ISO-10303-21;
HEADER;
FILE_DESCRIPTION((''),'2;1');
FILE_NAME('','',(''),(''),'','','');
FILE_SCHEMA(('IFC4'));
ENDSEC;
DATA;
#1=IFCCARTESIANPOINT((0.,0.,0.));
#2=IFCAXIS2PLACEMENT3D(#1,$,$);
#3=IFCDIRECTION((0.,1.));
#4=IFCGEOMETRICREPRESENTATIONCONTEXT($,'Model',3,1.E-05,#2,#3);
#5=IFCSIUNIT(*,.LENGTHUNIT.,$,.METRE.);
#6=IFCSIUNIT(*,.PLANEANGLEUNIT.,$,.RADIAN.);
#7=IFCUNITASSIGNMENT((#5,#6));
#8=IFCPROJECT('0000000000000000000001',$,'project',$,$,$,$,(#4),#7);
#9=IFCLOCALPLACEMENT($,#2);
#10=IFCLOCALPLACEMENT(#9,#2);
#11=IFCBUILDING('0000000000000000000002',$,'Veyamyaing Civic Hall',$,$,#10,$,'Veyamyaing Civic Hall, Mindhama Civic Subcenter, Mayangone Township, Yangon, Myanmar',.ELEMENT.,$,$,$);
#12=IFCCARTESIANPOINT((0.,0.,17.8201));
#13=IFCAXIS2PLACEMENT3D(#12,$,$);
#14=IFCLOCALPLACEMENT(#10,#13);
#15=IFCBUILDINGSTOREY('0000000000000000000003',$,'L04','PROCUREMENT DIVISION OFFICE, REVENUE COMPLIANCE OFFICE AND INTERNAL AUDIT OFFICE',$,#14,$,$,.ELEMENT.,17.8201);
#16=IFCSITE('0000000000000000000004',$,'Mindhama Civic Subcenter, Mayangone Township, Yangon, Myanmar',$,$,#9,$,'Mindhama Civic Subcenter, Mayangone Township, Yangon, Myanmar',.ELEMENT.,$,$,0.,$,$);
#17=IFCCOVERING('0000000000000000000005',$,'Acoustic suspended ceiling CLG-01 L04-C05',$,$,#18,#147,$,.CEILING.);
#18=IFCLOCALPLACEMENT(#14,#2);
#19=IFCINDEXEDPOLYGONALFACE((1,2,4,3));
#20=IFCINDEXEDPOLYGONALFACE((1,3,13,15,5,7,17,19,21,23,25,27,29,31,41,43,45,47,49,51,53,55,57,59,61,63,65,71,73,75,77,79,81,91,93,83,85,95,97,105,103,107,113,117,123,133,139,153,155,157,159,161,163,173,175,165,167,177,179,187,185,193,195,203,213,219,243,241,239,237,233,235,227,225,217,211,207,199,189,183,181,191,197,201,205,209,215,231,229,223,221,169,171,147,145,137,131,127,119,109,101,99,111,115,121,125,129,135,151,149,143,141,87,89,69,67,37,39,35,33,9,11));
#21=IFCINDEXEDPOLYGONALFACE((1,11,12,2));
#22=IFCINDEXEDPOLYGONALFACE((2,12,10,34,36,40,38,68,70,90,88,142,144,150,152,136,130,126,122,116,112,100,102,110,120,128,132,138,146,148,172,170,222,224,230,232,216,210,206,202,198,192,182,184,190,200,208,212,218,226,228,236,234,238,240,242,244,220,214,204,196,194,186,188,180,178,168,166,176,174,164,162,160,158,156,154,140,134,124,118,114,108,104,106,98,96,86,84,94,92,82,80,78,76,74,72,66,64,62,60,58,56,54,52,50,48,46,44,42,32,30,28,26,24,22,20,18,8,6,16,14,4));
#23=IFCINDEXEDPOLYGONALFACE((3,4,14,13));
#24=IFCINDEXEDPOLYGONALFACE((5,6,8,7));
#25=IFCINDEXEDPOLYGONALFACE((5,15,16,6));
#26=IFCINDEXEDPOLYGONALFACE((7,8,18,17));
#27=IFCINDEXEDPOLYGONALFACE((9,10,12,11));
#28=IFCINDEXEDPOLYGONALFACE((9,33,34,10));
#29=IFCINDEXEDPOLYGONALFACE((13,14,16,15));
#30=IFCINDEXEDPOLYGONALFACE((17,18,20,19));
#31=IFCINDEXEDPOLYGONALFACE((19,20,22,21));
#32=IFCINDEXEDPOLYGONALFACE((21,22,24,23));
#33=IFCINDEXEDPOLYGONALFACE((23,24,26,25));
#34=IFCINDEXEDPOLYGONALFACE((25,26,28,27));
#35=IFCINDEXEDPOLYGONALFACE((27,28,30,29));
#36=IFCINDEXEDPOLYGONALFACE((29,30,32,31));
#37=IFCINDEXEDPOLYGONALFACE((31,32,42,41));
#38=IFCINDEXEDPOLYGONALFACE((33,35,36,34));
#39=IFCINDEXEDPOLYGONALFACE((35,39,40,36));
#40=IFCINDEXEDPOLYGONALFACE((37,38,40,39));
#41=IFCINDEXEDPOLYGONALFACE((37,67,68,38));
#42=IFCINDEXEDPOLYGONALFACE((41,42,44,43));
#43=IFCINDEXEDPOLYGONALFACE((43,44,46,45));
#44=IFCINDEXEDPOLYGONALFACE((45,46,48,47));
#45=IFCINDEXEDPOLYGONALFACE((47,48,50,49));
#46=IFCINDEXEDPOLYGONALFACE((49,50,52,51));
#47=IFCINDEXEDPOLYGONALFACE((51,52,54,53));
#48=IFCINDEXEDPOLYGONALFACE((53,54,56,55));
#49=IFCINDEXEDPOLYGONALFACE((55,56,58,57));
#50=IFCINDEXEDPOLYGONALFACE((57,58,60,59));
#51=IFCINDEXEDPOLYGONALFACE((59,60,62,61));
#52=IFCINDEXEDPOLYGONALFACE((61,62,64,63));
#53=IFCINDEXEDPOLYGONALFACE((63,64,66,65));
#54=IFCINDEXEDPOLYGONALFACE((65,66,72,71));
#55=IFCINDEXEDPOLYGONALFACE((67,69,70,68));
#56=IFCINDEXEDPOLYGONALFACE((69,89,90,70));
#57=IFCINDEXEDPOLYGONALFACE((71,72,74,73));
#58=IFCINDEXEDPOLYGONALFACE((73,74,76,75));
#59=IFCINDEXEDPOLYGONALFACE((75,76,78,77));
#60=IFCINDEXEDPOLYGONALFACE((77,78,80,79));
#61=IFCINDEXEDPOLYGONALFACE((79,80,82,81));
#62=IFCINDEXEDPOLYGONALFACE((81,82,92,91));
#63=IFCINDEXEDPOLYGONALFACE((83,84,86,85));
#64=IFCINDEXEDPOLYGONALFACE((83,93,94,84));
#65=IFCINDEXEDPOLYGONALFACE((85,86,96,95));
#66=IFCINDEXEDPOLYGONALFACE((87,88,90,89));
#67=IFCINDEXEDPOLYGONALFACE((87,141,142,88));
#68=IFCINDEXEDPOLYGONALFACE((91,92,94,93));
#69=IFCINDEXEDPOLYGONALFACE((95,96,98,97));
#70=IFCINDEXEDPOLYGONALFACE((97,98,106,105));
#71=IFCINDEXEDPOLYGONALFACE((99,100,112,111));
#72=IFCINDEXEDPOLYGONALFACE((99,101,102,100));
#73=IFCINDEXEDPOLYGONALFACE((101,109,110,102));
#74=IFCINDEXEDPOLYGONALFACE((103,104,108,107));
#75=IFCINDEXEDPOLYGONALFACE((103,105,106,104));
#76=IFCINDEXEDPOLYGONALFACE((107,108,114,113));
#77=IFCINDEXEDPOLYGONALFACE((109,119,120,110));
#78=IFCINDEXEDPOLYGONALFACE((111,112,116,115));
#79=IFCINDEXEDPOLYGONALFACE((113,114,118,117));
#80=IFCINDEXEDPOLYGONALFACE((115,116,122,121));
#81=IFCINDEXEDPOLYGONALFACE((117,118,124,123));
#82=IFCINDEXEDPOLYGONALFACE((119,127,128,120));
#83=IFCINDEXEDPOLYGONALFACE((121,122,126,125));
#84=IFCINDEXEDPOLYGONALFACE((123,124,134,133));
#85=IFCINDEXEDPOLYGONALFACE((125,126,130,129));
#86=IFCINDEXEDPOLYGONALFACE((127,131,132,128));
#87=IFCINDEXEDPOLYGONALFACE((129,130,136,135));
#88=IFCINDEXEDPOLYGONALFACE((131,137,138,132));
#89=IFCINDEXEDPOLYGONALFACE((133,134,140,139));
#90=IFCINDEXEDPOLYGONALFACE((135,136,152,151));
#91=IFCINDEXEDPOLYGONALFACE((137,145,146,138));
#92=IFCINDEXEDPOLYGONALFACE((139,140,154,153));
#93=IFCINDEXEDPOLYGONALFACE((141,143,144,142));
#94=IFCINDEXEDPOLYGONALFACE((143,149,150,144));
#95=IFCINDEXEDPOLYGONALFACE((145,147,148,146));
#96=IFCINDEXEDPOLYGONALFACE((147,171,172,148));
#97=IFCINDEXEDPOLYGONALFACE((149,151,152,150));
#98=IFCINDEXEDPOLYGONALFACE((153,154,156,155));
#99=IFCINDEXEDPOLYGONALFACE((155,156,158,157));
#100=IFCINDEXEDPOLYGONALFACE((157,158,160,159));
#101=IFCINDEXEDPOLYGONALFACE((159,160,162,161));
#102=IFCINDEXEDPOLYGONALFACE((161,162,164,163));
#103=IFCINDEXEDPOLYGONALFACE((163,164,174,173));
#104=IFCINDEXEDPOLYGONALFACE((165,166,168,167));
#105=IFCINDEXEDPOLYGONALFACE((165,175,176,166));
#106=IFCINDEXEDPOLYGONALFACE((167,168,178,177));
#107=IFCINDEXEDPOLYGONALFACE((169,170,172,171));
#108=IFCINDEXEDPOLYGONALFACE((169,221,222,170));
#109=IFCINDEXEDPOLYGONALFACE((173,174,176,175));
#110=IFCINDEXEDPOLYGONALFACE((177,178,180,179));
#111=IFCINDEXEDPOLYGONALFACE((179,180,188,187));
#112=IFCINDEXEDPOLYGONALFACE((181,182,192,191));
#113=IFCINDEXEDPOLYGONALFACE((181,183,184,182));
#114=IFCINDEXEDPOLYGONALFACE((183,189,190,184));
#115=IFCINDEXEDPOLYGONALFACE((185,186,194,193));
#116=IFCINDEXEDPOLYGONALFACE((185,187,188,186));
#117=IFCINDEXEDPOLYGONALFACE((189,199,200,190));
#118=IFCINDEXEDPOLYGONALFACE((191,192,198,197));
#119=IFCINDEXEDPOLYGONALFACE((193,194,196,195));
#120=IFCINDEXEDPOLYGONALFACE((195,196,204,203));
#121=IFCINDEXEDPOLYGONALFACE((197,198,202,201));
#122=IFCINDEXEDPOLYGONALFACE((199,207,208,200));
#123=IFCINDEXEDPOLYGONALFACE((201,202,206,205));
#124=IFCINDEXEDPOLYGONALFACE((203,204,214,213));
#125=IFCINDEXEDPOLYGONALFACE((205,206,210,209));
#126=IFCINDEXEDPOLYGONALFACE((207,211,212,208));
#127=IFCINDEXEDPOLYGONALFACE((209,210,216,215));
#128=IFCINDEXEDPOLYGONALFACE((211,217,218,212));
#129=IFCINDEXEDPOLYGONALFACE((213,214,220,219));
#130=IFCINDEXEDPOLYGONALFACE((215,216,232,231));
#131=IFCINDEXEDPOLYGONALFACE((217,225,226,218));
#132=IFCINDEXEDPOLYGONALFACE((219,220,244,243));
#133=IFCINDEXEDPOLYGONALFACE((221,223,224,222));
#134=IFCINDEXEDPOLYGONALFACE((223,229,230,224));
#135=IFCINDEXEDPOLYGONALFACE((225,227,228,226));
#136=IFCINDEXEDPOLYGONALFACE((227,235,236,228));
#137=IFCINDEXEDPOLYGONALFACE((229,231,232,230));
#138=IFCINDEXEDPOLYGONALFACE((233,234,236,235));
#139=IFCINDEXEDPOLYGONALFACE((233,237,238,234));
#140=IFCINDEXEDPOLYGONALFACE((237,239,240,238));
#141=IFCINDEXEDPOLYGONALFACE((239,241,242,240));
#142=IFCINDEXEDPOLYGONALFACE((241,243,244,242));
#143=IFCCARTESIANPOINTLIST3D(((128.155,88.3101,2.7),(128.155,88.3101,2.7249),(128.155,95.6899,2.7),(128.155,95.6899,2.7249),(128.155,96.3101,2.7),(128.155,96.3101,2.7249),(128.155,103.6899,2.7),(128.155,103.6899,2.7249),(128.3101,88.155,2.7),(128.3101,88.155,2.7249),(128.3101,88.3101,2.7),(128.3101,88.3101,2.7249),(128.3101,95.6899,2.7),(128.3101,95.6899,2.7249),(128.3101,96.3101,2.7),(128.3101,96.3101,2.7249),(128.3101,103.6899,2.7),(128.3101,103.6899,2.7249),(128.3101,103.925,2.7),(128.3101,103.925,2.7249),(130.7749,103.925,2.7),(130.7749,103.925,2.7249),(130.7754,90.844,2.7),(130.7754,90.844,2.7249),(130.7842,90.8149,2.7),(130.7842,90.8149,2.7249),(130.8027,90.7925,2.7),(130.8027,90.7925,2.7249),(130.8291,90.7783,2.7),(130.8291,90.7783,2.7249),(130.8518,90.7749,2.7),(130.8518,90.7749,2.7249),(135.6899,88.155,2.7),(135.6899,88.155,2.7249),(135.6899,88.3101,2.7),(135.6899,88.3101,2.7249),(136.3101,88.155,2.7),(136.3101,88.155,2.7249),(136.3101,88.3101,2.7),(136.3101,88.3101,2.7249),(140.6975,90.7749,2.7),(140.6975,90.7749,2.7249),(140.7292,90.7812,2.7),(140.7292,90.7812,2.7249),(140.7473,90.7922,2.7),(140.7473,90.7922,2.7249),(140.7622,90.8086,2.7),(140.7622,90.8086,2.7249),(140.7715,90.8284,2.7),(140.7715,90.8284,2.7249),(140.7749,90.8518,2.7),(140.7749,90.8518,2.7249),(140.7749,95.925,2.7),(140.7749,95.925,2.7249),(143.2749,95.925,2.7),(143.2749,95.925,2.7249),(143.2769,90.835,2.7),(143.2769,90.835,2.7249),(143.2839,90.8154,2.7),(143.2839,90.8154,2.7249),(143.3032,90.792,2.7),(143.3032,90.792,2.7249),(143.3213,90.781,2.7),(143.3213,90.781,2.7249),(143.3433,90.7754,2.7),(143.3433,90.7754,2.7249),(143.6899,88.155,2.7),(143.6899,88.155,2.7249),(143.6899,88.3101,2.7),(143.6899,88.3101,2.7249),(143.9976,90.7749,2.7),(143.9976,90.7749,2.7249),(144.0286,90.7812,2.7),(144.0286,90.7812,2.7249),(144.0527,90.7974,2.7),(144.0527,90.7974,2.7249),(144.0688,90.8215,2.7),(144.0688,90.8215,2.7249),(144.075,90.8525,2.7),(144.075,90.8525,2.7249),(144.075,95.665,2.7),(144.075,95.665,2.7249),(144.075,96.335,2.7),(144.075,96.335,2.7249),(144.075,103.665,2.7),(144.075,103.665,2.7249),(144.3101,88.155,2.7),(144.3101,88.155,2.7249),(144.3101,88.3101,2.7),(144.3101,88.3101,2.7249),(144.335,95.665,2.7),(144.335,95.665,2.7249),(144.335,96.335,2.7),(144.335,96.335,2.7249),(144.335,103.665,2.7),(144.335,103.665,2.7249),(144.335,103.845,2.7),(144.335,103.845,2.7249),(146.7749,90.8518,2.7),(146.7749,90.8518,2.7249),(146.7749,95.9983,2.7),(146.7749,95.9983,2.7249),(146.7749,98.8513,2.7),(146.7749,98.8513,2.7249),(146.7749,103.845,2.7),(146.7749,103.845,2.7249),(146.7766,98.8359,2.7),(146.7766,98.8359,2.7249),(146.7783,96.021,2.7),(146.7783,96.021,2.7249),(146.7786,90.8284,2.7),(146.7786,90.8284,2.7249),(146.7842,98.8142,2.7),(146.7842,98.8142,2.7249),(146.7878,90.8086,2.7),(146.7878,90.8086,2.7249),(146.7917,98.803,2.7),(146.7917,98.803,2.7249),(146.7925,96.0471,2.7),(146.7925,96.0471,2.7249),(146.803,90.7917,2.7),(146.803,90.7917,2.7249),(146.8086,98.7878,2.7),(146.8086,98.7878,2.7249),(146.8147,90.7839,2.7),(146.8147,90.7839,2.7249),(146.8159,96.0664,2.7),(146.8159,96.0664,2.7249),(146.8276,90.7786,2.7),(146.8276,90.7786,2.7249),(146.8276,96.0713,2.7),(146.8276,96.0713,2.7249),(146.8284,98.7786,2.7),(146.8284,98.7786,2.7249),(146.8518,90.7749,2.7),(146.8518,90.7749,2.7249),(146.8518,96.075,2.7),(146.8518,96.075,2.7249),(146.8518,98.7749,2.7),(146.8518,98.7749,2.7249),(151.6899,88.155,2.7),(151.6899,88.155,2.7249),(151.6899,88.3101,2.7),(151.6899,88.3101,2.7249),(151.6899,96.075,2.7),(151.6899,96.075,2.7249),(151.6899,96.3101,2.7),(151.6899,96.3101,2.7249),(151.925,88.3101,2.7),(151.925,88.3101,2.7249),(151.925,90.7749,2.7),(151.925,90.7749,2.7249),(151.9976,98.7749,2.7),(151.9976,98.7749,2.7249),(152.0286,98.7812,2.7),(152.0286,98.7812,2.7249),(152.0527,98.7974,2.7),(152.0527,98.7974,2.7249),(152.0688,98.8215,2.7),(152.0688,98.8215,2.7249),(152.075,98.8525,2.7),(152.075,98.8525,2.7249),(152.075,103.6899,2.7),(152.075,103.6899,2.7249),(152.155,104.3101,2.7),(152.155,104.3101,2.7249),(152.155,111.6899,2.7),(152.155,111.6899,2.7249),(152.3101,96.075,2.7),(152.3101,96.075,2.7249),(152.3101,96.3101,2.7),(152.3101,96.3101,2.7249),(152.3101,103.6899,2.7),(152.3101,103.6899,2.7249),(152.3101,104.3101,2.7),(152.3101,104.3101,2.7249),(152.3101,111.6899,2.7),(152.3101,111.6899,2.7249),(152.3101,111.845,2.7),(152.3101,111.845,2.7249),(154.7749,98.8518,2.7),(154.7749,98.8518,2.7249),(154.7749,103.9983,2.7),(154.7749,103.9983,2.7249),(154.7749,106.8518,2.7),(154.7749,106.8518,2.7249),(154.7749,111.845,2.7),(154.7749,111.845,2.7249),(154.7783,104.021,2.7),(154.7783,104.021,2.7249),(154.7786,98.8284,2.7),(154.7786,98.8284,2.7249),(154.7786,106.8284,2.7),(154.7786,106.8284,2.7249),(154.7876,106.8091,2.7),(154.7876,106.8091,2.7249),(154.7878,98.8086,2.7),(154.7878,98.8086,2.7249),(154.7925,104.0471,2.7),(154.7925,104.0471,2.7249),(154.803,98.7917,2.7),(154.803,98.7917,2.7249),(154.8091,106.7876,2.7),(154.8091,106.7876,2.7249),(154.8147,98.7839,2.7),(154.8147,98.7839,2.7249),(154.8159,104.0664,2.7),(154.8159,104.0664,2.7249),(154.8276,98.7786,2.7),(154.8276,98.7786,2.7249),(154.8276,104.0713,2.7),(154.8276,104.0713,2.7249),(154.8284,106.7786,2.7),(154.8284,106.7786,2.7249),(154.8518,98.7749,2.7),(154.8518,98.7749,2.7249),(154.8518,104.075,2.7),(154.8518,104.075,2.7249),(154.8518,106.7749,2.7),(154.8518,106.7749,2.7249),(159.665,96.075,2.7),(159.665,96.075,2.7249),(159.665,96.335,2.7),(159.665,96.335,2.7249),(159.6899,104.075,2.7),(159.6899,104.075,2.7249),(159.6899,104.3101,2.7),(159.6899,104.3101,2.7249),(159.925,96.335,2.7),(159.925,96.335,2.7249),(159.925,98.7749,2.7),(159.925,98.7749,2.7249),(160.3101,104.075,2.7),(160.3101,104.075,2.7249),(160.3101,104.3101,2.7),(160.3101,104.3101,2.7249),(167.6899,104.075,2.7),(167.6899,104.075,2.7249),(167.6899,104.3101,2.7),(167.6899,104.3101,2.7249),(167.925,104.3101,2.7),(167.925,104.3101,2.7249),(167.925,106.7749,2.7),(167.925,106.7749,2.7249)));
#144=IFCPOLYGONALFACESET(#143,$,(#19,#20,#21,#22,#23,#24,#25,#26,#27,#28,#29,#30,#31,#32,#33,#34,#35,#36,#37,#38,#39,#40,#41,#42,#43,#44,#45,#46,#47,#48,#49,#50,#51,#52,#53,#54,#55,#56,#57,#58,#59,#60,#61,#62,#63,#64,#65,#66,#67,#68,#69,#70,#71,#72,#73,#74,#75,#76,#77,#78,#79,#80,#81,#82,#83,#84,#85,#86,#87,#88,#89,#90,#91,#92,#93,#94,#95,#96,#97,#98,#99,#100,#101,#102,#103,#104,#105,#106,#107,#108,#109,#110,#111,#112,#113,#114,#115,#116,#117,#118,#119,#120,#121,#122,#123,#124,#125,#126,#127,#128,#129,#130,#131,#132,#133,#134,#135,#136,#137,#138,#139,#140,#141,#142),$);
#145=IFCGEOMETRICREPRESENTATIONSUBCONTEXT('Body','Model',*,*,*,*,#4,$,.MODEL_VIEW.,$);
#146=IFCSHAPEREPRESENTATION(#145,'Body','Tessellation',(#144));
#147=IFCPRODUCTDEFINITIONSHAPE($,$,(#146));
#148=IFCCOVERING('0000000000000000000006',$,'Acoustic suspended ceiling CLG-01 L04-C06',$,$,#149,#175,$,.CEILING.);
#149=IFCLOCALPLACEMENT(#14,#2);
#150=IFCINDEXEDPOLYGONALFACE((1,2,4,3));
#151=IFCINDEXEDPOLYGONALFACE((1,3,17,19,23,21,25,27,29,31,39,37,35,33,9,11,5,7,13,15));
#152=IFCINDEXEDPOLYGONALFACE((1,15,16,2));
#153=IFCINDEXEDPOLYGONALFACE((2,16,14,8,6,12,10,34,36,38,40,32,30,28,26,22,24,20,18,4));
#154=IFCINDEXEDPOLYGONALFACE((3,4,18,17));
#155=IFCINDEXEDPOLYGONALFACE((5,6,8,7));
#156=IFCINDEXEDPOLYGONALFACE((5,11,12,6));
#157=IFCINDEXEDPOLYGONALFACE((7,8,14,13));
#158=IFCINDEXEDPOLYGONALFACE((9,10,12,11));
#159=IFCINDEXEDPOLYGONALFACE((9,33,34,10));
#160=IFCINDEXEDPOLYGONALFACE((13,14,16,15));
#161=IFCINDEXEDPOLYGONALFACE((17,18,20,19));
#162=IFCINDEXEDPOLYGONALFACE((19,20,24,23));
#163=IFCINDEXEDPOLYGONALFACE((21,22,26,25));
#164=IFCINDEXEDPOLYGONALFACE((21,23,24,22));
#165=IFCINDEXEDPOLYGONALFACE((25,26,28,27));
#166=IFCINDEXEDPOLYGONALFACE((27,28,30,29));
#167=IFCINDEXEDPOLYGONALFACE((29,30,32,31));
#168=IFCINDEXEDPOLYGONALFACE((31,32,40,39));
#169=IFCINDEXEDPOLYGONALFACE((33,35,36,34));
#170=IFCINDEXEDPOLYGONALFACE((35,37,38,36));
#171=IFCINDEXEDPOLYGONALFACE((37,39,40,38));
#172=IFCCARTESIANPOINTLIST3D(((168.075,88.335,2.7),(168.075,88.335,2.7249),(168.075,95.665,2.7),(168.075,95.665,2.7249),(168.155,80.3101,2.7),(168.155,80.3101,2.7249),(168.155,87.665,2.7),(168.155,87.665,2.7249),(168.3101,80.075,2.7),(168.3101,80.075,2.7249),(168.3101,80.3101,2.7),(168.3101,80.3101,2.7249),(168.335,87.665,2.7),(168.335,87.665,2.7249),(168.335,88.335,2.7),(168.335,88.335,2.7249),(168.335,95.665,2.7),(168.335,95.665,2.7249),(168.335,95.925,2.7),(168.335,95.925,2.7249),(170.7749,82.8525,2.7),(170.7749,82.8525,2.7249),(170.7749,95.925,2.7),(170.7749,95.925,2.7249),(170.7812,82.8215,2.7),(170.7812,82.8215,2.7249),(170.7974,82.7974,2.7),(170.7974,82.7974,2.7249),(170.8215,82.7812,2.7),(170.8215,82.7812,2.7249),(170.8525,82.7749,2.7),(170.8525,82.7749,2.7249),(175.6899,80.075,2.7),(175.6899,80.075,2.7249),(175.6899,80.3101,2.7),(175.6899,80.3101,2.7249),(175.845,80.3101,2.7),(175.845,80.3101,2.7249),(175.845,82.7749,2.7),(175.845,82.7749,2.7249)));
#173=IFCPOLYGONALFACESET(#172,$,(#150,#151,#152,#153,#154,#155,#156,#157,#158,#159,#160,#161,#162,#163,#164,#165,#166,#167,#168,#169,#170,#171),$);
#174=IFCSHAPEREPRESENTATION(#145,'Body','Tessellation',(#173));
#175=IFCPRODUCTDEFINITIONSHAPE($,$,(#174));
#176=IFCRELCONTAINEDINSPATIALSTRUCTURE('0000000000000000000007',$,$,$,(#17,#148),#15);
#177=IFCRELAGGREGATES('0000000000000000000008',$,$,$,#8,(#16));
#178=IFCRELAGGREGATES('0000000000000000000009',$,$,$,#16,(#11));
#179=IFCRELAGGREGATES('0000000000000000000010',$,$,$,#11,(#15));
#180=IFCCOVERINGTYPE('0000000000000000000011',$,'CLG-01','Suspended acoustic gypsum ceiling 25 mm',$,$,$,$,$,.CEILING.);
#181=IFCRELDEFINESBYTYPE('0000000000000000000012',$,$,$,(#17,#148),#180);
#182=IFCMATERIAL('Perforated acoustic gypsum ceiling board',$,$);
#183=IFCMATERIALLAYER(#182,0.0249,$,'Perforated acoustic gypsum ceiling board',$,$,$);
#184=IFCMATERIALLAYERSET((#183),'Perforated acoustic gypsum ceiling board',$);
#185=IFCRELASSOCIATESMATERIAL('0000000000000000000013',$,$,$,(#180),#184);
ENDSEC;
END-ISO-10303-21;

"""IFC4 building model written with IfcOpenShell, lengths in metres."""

from ifc_helpers import new_model, si_unit, direction, frame, origin, place, context, subcontext, project, spatial, polyline, outline, extrude, material, layer, layer_set, type_object, element, save


model = new_model("IFC4")

# Units and contexts
model_context = context("Model", 3, precision=1e-05, world=origin(), true_north=direction((0.0, 1.0)))
body_context = subcontext(model_context, "Body", "Model", "MODEL_VIEW")
ifc_project = project(units=[si_unit("LENGTHUNIT", "METRE"), si_unit("PLANEANGLEUNIT", "RADIAN")], contexts=[model_context])

# Site, building, storey
site_placement = place(None, origin())
site = spatial("IfcSite", under=ifc_project, at=site_placement, Name="Mindhama Civic Subcenter, Mayangone Township, Yangon, Myanmar", LongName="Mindhama Civic Subcenter, Mayangone Township, Yangon, Myanmar", CompositionType="ELEMENT", RefElevation=0.0)
building_placement = place(site_placement, origin())
building = spatial("IfcBuilding", under=site, at=building_placement, Name="Veyamyaing Civic Hall", LongName="Veyamyaing Civic Hall, Mindhama Civic Subcenter, Mayangone Township, Yangon, Myanmar", CompositionType="ELEMENT")
storey_placement = place(building_placement, frame((0.0, 0.0, 17.8201)))
storey = spatial("IfcBuildingStorey", under=building, at=storey_placement, Name="L04", Description="PROCUREMENT DIVISION OFFICE, REVENUE COMPLIANCE OFFICE AND INTERNAL AUDIT OFFICE", CompositionType="ELEMENT", Elevation=17.8201)

# Coverings
ifc_material_1 = material(Name="Perforated acoustic gypsum ceiling board")
ifc_layer_1 = layer(ifc_material_1, 0.0249, Name="Perforated acoustic gypsum ceiling board")
ifc_layer_set_1 = layer_set([ifc_layer_1], Name="Perforated acoustic gypsum ceiling board")
covering_type_1 = type_object("IfcCoveringType", Name="CLG-01", Description="Suspended acoustic gypsum ceiling 25 mm", PredefinedType="CEILING", material=ifc_layer_set_1)
covering_1_placement = place(storey_placement, frame((0.0, 0.0, 2.7)))
element("IfcCovering", 1, at=covering_1_placement, inside=storey, type_object=covering_type_1, Name="Acoustic suspended ceiling CLG-01 L04-C05", PredefinedType="CEILING", context=body_context, shape_type="SweptSolid", body=[
    extrude(outline(polyline([(130.7754, 90.844), (130.7842, 90.8149), (130.8027, 90.7925), (130.8291, 90.7783), (130.8518, 90.7749), (140.6975, 90.7749), (140.7292, 90.7812), (140.7473, 90.7922), (140.7622, 90.8086), (140.7715, 90.8284), (140.7749, 90.8518), (140.7749, 95.925), (143.2749, 95.925), (143.2769, 90.835), (143.2839, 90.8154), (143.3032, 90.792), (143.3213, 90.781), (143.3433, 90.7754), (143.9976, 90.7749), (144.0286, 90.7812), (144.0527, 90.7974), (144.0688, 90.8215), (144.075, 90.8525), (144.075, 95.665), (144.335, 95.665), (144.335, 96.335), (144.075, 96.335), (144.075, 103.665), (144.335, 103.665), (144.335, 103.845), (146.7749, 103.845), (146.7749, 98.8513), (146.7766, 98.8359), (146.7842, 98.8142), (146.7917, 98.803), (146.8086, 98.7878), (146.8284, 98.7786), (146.8518, 98.7749), (151.9976, 98.7749), (152.0286, 98.7812), (152.0527, 98.7974), (152.0688, 98.8215), (152.075, 98.8525), (152.075, 103.6899), (152.3101, 103.6899), (152.3101, 104.3101), (152.155, 104.3101), (152.155, 111.6899), (152.3101, 111.6899), (152.3101, 111.845), (154.7749, 111.845), (154.7749, 106.8518), (154.7786, 106.8284), (154.7876, 106.8091), (154.8091, 106.7876), (154.8284, 106.7786), (154.8518, 106.7749), (167.925, 106.7749), (167.925, 104.3101), (167.6899, 104.3101), (167.6899, 104.075), (160.3101, 104.075), (160.3101, 104.3101), (159.6899, 104.3101), (159.6899, 104.075), (154.8518, 104.075), (154.8276, 104.0713), (154.8159, 104.0664), (154.7925, 104.0471), (154.7783, 104.021), (154.7749, 103.9983), (154.7749, 98.8518), (154.7786, 98.8284), (154.7878, 98.8086), (154.803, 98.7917), (154.8147, 98.7839), (154.8276, 98.7786), (154.8518, 98.7749), (159.925, 98.7749), (159.925, 96.335), (159.665, 96.335), (159.665, 96.075), (152.3101, 96.075), (152.3101, 96.3101), (151.6899, 96.3101), (151.6899, 96.075), (146.8518, 96.075), (146.8276, 96.0713), (146.8159, 96.0664), (146.7925, 96.0471), (146.7783, 96.021), (146.7749, 95.9983), (146.7749, 90.8518), (146.7786, 90.8284), (146.7878, 90.8086), (146.803, 90.7917), (146.8147, 90.7839), (146.8276, 90.7786), (146.8518, 90.7749), (151.925, 90.7749), (151.925, 88.3101), (151.6899, 88.3101), (151.6899, 88.155), (144.3101, 88.155), (144.3101, 88.3101), (143.6899, 88.3101), (143.6899, 88.155), (136.3101, 88.155), (136.3101, 88.3101), (135.6899, 88.3101), (135.6899, 88.155), (128.3101, 88.155), (128.3101, 88.3101), (128.155, 88.3101), (128.155, 95.6899), (128.3101, 95.6899), (128.3101, 96.3101), (128.155, 96.3101), (128.155, 103.6899), (128.3101, 103.6899), (128.3101, 103.925), (130.7749, 103.925), (130.7754, 90.844)])), origin(), (0.0, 0.0, 1.0), 0.0249),
])
covering_2_placement = place(storey_placement, frame((0.0, 0.0, 2.7)))
element("IfcCovering", 2, at=covering_2_placement, inside=storey, type_object=covering_type_1, Name="Acoustic suspended ceiling CLG-01 L04-C06", PredefinedType="CEILING", context=body_context, shape_type="SweptSolid", body=[
    extrude(outline(polyline([(170.7749, 82.8525), (170.7812, 82.8215), (170.7974, 82.7974), (170.8215, 82.7812), (170.8525, 82.7749), (175.845, 82.7749), (175.845, 80.3101), (175.6899, 80.3101), (175.6899, 80.075), (168.3101, 80.075), (168.3101, 80.3101), (168.155, 80.3101), (168.155, 87.665), (168.335, 87.665), (168.335, 88.335), (168.075, 88.335), (168.075, 95.665), (168.335, 95.665), (168.335, 95.925), (170.7749, 95.925), (170.7749, 82.8525)])), origin(), (0.0, 0.0, 1.0), 0.0249),
])

save(model, "model.ifc")
